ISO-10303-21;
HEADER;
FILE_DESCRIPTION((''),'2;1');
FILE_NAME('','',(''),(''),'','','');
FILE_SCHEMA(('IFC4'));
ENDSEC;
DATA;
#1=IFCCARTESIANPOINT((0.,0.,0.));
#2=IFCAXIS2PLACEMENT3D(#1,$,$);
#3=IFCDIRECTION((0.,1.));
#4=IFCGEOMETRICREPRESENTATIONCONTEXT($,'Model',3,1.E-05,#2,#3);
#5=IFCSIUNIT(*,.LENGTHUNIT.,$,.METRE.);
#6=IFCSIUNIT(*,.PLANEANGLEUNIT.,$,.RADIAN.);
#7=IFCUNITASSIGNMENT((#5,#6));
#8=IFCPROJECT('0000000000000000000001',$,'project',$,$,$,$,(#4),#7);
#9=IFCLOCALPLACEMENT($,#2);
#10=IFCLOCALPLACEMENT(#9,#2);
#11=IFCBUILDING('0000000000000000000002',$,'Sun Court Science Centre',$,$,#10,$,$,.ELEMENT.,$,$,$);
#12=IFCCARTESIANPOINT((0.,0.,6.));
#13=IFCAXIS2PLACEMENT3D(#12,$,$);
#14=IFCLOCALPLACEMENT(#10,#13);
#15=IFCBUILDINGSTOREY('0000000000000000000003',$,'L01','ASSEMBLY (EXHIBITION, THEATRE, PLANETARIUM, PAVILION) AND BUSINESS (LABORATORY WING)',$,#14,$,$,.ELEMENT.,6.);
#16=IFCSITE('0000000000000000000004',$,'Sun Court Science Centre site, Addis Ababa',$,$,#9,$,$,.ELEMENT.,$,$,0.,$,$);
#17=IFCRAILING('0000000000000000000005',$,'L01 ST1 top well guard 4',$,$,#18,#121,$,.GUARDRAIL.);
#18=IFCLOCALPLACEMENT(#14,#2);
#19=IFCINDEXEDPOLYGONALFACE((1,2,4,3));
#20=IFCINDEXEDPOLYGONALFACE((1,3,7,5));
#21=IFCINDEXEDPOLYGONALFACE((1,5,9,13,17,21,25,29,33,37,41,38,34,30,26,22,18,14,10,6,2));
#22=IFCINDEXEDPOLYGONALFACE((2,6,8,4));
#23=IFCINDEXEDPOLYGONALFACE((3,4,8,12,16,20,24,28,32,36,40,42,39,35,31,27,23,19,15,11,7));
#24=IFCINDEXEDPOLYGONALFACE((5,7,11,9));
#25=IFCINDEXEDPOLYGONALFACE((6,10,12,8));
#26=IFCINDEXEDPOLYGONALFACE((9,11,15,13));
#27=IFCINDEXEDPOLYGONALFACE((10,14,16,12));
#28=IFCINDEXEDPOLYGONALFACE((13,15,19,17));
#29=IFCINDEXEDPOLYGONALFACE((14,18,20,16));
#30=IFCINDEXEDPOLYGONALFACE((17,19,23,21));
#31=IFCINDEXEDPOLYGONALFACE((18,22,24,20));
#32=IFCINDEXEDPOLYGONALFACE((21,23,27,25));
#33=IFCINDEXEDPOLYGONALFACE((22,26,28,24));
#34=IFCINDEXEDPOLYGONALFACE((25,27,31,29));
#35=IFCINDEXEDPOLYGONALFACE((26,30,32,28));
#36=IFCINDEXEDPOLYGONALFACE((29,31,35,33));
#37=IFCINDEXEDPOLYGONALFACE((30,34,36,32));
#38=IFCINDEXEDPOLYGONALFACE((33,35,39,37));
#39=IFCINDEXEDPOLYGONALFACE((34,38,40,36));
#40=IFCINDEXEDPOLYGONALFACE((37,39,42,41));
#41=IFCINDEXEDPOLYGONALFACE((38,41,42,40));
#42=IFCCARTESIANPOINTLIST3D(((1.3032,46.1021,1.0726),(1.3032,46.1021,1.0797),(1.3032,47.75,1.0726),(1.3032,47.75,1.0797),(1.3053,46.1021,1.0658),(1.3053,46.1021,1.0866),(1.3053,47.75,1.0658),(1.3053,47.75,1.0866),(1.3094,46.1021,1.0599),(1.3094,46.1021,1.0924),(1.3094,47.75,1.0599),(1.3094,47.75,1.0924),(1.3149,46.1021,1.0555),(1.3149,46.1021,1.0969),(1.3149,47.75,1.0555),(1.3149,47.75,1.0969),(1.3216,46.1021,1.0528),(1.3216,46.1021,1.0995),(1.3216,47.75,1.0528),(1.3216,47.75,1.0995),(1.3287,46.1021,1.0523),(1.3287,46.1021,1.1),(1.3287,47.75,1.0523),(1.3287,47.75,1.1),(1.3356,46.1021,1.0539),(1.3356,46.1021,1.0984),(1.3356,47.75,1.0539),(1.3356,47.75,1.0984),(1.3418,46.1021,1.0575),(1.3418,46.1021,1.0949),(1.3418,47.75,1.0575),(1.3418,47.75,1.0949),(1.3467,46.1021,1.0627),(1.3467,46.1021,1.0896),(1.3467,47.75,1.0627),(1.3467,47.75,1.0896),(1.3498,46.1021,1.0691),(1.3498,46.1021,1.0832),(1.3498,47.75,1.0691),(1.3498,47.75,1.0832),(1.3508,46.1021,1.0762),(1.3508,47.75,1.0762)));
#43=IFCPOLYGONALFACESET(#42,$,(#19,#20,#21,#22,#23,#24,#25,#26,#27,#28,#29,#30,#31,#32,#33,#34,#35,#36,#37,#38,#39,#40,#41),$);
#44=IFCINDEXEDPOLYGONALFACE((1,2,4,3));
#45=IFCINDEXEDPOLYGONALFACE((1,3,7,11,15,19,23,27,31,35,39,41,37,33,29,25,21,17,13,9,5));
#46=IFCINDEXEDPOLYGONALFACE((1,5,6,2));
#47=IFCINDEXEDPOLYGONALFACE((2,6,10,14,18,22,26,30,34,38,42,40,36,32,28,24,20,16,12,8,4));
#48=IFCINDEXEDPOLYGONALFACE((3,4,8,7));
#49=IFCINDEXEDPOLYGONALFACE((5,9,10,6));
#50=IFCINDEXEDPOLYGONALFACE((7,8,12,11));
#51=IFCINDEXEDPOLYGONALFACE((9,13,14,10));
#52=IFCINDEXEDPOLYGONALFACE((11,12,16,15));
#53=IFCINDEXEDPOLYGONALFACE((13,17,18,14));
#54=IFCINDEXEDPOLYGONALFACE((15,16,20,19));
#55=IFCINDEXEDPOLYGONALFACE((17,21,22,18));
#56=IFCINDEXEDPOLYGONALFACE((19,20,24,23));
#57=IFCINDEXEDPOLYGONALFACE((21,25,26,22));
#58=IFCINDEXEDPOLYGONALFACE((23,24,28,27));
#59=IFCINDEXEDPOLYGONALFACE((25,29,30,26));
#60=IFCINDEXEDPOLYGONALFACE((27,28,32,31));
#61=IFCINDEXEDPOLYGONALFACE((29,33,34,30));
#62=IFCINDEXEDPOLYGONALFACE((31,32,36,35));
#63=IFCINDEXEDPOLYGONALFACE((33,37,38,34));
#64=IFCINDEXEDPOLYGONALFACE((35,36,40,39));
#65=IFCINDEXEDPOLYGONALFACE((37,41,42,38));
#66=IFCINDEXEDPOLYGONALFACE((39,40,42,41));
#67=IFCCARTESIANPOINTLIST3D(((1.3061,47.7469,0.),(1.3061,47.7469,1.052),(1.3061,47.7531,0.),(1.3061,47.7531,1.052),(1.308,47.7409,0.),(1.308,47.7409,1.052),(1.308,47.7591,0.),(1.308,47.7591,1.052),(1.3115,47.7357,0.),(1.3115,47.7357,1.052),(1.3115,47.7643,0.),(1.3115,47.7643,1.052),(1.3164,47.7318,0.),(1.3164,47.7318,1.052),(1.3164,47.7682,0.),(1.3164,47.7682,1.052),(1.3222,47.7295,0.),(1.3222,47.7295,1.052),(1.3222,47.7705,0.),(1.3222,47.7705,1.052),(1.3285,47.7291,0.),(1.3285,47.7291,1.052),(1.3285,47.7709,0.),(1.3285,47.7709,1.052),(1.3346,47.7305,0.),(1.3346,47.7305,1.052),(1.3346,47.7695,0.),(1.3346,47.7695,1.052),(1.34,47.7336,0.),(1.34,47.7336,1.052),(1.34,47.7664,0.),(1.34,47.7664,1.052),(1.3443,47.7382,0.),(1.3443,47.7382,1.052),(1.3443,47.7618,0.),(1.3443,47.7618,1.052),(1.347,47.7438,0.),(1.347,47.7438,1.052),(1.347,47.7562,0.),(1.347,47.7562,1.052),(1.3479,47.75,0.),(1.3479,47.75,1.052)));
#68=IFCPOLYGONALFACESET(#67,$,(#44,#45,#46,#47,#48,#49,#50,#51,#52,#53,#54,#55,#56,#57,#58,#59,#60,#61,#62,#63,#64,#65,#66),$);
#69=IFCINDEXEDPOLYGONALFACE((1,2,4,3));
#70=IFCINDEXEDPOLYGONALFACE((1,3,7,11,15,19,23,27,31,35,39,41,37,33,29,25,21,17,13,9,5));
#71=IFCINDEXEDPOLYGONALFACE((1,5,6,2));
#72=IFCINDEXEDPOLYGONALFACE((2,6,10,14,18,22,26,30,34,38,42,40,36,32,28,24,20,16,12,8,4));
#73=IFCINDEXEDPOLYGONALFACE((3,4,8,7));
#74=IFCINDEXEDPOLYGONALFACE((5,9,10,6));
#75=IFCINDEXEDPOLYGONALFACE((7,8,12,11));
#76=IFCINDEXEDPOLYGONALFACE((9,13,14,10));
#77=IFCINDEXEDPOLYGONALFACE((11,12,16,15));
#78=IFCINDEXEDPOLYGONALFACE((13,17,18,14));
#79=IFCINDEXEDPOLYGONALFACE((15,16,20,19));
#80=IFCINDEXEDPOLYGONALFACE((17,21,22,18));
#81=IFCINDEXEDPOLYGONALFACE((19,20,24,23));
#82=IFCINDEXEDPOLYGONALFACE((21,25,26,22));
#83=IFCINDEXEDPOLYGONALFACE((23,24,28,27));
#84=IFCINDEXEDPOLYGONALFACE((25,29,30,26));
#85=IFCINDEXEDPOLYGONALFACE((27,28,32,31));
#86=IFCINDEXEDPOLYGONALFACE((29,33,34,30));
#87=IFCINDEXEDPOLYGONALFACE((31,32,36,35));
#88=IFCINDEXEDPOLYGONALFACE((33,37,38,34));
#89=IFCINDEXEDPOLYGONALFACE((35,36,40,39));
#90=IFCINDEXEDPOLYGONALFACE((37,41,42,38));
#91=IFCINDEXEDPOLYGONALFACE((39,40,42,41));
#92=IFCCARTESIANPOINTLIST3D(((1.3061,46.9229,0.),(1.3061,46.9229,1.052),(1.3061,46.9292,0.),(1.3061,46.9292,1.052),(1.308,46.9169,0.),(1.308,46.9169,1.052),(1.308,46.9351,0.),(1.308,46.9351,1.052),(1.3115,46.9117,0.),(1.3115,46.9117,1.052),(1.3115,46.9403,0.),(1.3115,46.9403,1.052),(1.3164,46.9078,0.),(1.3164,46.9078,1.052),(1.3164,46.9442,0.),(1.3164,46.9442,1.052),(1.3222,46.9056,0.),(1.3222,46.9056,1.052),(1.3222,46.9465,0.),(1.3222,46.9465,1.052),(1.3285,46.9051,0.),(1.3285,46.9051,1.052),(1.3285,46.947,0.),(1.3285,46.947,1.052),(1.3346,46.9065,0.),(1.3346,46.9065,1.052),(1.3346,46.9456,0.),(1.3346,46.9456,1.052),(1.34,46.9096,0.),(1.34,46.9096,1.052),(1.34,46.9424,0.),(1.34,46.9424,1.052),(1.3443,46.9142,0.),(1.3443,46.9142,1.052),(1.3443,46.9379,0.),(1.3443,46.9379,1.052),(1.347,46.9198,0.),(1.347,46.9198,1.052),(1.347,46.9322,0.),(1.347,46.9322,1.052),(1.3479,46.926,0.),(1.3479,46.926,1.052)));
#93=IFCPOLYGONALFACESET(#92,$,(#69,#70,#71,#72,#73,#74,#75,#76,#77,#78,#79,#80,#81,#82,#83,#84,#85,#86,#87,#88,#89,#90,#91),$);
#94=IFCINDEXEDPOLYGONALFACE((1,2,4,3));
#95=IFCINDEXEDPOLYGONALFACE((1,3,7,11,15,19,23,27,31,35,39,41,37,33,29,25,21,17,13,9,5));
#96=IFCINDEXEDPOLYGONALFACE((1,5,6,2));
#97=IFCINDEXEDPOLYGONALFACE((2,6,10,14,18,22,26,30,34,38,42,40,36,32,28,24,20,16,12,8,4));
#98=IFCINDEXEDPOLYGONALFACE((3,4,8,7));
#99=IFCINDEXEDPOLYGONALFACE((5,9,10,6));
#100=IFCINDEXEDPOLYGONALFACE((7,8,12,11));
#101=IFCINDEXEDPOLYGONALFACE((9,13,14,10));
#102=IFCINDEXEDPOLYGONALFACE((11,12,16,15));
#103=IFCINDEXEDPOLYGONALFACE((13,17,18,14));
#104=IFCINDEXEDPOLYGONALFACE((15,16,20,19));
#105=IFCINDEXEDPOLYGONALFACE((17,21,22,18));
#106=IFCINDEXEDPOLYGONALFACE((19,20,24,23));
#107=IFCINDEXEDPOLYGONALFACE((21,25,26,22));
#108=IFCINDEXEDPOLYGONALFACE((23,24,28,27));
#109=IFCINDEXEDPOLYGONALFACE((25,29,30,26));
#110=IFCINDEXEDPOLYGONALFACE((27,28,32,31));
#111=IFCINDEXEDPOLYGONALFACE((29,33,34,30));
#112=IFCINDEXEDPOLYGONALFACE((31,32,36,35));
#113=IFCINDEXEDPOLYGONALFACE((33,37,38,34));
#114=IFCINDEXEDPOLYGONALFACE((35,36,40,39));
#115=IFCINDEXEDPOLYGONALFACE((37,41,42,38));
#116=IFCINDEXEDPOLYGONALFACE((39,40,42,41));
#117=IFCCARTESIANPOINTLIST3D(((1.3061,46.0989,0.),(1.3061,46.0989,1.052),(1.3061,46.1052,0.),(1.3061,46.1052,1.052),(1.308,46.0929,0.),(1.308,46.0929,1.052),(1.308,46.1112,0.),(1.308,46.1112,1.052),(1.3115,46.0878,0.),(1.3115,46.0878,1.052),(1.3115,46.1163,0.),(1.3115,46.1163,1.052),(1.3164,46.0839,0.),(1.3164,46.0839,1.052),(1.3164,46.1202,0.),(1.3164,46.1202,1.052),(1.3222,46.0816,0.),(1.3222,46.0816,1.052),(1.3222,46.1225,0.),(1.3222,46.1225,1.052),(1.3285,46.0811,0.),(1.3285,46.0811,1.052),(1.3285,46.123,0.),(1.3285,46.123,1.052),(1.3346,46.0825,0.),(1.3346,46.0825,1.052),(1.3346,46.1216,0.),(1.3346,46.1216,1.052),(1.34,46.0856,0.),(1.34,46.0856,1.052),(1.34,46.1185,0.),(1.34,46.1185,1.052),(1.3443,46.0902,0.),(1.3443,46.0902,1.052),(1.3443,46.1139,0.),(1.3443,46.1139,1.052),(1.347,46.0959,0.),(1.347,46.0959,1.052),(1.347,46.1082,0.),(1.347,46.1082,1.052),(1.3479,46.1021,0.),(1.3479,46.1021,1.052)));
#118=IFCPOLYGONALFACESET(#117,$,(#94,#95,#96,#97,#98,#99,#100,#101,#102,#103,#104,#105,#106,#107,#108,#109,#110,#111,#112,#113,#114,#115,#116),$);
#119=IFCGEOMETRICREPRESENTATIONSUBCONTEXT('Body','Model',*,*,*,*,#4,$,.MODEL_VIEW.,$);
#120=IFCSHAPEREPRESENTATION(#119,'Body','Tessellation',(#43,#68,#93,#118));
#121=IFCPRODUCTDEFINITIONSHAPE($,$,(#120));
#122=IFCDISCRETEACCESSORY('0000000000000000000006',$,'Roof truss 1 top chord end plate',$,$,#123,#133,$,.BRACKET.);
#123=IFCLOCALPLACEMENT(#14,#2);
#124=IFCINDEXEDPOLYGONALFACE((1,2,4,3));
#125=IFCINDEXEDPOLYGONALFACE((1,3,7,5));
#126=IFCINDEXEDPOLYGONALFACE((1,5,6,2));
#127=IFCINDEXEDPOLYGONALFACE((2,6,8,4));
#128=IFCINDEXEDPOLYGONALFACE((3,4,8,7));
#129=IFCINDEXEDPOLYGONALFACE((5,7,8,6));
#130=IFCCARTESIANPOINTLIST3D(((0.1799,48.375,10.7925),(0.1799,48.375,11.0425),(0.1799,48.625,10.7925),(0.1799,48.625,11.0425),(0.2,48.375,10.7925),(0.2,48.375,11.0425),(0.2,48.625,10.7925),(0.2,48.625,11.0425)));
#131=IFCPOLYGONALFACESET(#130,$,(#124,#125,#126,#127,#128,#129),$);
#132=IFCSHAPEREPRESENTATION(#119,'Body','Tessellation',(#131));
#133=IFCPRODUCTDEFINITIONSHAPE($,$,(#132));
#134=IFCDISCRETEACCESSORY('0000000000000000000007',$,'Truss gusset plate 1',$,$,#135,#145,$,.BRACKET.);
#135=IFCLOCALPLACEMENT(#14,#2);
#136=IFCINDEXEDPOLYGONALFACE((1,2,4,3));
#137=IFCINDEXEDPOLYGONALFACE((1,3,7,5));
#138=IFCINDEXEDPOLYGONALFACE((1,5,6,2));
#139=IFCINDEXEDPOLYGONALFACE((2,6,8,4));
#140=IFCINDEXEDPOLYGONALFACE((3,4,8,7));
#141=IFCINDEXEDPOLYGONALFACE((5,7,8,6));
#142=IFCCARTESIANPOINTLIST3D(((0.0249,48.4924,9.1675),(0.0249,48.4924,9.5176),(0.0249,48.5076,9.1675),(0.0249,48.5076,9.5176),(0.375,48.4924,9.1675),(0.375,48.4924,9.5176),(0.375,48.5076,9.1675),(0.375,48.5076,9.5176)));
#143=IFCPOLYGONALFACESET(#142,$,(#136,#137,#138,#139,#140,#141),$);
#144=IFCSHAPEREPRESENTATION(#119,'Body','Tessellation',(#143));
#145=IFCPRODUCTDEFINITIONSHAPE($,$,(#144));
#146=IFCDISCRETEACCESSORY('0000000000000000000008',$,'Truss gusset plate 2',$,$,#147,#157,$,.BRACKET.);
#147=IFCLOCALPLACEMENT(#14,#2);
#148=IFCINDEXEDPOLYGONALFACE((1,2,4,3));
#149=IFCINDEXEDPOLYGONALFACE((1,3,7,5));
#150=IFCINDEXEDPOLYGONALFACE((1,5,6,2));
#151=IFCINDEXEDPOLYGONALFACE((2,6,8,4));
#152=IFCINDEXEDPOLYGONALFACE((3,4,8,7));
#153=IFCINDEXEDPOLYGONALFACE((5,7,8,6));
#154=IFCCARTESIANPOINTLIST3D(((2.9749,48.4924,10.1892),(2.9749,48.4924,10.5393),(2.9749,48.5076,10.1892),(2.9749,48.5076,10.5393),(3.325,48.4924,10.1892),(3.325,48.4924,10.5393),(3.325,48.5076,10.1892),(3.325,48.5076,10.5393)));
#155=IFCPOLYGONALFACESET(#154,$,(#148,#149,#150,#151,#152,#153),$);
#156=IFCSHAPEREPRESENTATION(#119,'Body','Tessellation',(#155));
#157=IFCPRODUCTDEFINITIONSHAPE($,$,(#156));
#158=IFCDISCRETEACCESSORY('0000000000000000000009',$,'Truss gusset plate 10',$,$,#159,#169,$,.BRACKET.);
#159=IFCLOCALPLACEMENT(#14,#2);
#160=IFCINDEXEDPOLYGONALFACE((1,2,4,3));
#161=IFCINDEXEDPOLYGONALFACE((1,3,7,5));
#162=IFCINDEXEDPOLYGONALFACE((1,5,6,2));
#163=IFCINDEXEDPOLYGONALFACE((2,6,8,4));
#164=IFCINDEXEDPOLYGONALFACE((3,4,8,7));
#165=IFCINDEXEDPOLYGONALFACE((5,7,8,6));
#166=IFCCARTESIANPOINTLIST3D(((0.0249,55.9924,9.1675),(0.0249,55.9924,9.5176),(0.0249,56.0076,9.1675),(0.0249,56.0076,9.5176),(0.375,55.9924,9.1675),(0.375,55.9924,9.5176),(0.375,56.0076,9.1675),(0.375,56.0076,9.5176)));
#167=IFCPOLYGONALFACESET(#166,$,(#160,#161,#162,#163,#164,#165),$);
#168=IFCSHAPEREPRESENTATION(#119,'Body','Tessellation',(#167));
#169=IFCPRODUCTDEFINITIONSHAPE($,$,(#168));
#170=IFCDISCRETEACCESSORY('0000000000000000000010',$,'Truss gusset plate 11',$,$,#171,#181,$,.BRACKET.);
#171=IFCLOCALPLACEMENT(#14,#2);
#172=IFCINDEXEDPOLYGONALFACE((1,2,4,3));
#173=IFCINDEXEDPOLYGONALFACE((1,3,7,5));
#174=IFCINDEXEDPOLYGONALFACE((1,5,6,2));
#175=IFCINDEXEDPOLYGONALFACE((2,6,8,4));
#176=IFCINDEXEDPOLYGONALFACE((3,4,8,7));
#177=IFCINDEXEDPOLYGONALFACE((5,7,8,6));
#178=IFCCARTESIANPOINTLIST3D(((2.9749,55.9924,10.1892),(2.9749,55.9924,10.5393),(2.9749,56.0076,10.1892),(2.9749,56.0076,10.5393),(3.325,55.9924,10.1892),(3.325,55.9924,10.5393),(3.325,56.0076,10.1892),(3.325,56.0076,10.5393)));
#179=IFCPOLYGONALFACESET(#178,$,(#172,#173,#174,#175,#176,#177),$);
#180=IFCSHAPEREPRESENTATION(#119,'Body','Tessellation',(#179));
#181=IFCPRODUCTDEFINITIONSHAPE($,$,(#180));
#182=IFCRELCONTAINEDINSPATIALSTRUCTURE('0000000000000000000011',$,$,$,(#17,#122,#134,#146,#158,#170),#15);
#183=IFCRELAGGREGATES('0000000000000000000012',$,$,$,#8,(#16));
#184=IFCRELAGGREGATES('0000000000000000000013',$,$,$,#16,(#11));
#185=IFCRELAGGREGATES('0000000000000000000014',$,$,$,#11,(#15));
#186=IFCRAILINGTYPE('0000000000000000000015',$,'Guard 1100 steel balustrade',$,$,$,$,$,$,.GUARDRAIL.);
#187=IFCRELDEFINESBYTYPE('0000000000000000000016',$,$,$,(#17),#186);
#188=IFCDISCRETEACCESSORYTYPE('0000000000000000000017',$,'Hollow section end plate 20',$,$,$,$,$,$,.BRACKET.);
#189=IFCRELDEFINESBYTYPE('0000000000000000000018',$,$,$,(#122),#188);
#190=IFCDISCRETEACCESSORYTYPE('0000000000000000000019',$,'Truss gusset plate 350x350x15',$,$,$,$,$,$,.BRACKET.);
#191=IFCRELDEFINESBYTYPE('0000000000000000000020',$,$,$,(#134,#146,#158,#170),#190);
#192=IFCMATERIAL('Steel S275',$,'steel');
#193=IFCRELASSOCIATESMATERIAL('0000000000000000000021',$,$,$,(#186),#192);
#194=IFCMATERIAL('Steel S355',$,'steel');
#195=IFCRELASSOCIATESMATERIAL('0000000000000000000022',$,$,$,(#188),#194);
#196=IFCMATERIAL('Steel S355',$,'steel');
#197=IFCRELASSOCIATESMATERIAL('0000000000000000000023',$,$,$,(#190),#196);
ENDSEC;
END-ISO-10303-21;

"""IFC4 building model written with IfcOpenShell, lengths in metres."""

from ifc_helpers import new_model, si_unit, direction, frame, origin, origin_2d, place, context, subcontext, project, spatial, rectangle, circle, extrude, material, material_profile, profile_set, type_object, element, save


model = new_model("IFC4")

# Units and contexts
model_context = context("Model", 3, precision=1e-05, world=origin(), true_north=direction((0.0, 1.0)))
body_context = subcontext(model_context, "Body", "Model", "MODEL_VIEW")
ifc_project = project(units=[si_unit("LENGTHUNIT", "METRE"), si_unit("PLANEANGLEUNIT", "RADIAN")], contexts=[model_context])

# Site, building, storey
site_placement = place(None, origin())
site = spatial("IfcSite", under=ifc_project, at=site_placement, Name="Sun Court Science Centre site, Addis Ababa", CompositionType="ELEMENT", RefElevation=0.0)
building_placement = place(site_placement, origin())
building = spatial("IfcBuilding", under=site, at=building_placement, Name="Sun Court Science Centre", CompositionType="ELEMENT")
storey_placement = place(building_placement, frame((0.0, 0.0, 6.0)))
storey = spatial("IfcBuildingStorey", under=building, at=storey_placement, Name="L01", Description="ASSEMBLY (EXHIBITION, THEATRE, PLANETARIUM, PAVILION) AND BUSINESS (LABORATORY WING)", CompositionType="ELEMENT", Elevation=6.0)

# Railing
ifc_material_1 = material(Name="Steel S275", Category="steel")
railing_type = type_object("IfcRailingType", Name="Guard 1100 steel balustrade", PredefinedType="GUARDRAIL", material=ifc_material_1)
railing_1_placement = place(storey_placement, frame((1.3269, 47.75, 0.0)))
element("IfcRailing", 1, at=railing_1_placement, inside=storey, type_object=railing_type, Name="L01 ST1 top well guard 4", PredefinedType="GUARDRAIL", context=body_context, shape_type="SweptSolid", body=[
    extrude(circle(Radius=0.0239, at=origin_2d()), frame((0.0, 0.0, 1.0762), z_axis=(0.0, -1.0, 0.0), x_axis=(1.0, 0.0, 0.0)), (0.0, 0.0, 1.0), 1.6479),
    extrude(circle(Radius=0.021, at=origin_2d()), origin(), (0.0, 0.0, 1.0), 1.052),
    extrude(circle(Radius=0.021, at=origin_2d()), frame((0.0, -0.824, 0.0)), (0.0, 0.0, 1.0), 1.052),
    extrude(circle(Radius=0.021, at=origin_2d()), frame((0.0, -1.6479, 0.0)), (0.0, 0.0, 1.0), 1.052),
])

# Discrete accessories
ifc_material_2 = material(Name="Steel S355", Category="steel")
discrete_accessory_type_1 = type_object("IfcDiscreteAccessoryType", Name="Hollow section end plate 20", PredefinedType="BRACKET", material=ifc_material_2)
discrete_accessory_placement = place(storey_placement, frame((0.1899, 48.5, 10.7925), z_axis=(0.0, 0.0, 1.0), x_axis=(1.0, 0.0, 0.0)))
element("IfcDiscreteAccessory", 2, at=discrete_accessory_placement, inside=storey, type_object=discrete_accessory_type_1, Name="Roof truss 1 top chord end plate", PredefinedType="BRACKET", context=body_context, shape_type="SweptSolid", body=[
    extrude(rectangle(XDim=0.02, YDim=0.25, at=origin_2d()), origin(), (0.0, 0.0, 1.0), 0.25),
])
ifc_material_3 = material(Name="Steel S355", Category="steel")
ifc_material_profile_1 = material_profile(ifc_material_3, rectangle(XDim=0.3501, YDim=0.3501, at=origin_2d()), Name="PL 350x350")
ifc_profile_set_1 = profile_set([ifc_material_profile_1], Name="Steel S355")
discrete_accessory_type_2 = type_object("IfcDiscreteAccessoryType", Name="Truss gusset plate 350x350x15", PredefinedType="BRACKET", material=ifc_profile_set_1)
for number, where, z_axis, x_axis, name in (
    (3, (0.2, 48.4924, 9.3425), (0.0, 1.0, 0.0), (-1.0, 0.0, 0.0), "Truss gusset plate 1"),
    (4, (3.1499, 48.4924, 10.3643), (0.0, 1.0, 0.0), (-1.0, 0.0, 0.0), "Truss gusset plate 2"),
    (5, (0.2, 55.9924, 9.3425), (0.0, 1.0, 0.0), (-1.0, 0.0, 0.0), "Truss gusset plate 10"),
    (6, (3.1499, 55.9924, 10.3643), (0.0, 1.0, 0.0), (-1.0, 0.0, 0.0), "Truss gusset plate 11"),
):
    element("IfcDiscreteAccessory", number, at=place(storey_placement, frame(where, z_axis=z_axis, x_axis=x_axis)), inside=storey, type_object=discrete_accessory_type_2, Name=name, PredefinedType="BRACKET", context=body_context, shape_type="SweptSolid", body=[
        extrude(rectangle(XDim=0.3501, YDim=0.3501, at=origin_2d()), origin(), (0.0, 0.0, 1.0), 0.0151),
    ])

save(model, "model.ifc")
